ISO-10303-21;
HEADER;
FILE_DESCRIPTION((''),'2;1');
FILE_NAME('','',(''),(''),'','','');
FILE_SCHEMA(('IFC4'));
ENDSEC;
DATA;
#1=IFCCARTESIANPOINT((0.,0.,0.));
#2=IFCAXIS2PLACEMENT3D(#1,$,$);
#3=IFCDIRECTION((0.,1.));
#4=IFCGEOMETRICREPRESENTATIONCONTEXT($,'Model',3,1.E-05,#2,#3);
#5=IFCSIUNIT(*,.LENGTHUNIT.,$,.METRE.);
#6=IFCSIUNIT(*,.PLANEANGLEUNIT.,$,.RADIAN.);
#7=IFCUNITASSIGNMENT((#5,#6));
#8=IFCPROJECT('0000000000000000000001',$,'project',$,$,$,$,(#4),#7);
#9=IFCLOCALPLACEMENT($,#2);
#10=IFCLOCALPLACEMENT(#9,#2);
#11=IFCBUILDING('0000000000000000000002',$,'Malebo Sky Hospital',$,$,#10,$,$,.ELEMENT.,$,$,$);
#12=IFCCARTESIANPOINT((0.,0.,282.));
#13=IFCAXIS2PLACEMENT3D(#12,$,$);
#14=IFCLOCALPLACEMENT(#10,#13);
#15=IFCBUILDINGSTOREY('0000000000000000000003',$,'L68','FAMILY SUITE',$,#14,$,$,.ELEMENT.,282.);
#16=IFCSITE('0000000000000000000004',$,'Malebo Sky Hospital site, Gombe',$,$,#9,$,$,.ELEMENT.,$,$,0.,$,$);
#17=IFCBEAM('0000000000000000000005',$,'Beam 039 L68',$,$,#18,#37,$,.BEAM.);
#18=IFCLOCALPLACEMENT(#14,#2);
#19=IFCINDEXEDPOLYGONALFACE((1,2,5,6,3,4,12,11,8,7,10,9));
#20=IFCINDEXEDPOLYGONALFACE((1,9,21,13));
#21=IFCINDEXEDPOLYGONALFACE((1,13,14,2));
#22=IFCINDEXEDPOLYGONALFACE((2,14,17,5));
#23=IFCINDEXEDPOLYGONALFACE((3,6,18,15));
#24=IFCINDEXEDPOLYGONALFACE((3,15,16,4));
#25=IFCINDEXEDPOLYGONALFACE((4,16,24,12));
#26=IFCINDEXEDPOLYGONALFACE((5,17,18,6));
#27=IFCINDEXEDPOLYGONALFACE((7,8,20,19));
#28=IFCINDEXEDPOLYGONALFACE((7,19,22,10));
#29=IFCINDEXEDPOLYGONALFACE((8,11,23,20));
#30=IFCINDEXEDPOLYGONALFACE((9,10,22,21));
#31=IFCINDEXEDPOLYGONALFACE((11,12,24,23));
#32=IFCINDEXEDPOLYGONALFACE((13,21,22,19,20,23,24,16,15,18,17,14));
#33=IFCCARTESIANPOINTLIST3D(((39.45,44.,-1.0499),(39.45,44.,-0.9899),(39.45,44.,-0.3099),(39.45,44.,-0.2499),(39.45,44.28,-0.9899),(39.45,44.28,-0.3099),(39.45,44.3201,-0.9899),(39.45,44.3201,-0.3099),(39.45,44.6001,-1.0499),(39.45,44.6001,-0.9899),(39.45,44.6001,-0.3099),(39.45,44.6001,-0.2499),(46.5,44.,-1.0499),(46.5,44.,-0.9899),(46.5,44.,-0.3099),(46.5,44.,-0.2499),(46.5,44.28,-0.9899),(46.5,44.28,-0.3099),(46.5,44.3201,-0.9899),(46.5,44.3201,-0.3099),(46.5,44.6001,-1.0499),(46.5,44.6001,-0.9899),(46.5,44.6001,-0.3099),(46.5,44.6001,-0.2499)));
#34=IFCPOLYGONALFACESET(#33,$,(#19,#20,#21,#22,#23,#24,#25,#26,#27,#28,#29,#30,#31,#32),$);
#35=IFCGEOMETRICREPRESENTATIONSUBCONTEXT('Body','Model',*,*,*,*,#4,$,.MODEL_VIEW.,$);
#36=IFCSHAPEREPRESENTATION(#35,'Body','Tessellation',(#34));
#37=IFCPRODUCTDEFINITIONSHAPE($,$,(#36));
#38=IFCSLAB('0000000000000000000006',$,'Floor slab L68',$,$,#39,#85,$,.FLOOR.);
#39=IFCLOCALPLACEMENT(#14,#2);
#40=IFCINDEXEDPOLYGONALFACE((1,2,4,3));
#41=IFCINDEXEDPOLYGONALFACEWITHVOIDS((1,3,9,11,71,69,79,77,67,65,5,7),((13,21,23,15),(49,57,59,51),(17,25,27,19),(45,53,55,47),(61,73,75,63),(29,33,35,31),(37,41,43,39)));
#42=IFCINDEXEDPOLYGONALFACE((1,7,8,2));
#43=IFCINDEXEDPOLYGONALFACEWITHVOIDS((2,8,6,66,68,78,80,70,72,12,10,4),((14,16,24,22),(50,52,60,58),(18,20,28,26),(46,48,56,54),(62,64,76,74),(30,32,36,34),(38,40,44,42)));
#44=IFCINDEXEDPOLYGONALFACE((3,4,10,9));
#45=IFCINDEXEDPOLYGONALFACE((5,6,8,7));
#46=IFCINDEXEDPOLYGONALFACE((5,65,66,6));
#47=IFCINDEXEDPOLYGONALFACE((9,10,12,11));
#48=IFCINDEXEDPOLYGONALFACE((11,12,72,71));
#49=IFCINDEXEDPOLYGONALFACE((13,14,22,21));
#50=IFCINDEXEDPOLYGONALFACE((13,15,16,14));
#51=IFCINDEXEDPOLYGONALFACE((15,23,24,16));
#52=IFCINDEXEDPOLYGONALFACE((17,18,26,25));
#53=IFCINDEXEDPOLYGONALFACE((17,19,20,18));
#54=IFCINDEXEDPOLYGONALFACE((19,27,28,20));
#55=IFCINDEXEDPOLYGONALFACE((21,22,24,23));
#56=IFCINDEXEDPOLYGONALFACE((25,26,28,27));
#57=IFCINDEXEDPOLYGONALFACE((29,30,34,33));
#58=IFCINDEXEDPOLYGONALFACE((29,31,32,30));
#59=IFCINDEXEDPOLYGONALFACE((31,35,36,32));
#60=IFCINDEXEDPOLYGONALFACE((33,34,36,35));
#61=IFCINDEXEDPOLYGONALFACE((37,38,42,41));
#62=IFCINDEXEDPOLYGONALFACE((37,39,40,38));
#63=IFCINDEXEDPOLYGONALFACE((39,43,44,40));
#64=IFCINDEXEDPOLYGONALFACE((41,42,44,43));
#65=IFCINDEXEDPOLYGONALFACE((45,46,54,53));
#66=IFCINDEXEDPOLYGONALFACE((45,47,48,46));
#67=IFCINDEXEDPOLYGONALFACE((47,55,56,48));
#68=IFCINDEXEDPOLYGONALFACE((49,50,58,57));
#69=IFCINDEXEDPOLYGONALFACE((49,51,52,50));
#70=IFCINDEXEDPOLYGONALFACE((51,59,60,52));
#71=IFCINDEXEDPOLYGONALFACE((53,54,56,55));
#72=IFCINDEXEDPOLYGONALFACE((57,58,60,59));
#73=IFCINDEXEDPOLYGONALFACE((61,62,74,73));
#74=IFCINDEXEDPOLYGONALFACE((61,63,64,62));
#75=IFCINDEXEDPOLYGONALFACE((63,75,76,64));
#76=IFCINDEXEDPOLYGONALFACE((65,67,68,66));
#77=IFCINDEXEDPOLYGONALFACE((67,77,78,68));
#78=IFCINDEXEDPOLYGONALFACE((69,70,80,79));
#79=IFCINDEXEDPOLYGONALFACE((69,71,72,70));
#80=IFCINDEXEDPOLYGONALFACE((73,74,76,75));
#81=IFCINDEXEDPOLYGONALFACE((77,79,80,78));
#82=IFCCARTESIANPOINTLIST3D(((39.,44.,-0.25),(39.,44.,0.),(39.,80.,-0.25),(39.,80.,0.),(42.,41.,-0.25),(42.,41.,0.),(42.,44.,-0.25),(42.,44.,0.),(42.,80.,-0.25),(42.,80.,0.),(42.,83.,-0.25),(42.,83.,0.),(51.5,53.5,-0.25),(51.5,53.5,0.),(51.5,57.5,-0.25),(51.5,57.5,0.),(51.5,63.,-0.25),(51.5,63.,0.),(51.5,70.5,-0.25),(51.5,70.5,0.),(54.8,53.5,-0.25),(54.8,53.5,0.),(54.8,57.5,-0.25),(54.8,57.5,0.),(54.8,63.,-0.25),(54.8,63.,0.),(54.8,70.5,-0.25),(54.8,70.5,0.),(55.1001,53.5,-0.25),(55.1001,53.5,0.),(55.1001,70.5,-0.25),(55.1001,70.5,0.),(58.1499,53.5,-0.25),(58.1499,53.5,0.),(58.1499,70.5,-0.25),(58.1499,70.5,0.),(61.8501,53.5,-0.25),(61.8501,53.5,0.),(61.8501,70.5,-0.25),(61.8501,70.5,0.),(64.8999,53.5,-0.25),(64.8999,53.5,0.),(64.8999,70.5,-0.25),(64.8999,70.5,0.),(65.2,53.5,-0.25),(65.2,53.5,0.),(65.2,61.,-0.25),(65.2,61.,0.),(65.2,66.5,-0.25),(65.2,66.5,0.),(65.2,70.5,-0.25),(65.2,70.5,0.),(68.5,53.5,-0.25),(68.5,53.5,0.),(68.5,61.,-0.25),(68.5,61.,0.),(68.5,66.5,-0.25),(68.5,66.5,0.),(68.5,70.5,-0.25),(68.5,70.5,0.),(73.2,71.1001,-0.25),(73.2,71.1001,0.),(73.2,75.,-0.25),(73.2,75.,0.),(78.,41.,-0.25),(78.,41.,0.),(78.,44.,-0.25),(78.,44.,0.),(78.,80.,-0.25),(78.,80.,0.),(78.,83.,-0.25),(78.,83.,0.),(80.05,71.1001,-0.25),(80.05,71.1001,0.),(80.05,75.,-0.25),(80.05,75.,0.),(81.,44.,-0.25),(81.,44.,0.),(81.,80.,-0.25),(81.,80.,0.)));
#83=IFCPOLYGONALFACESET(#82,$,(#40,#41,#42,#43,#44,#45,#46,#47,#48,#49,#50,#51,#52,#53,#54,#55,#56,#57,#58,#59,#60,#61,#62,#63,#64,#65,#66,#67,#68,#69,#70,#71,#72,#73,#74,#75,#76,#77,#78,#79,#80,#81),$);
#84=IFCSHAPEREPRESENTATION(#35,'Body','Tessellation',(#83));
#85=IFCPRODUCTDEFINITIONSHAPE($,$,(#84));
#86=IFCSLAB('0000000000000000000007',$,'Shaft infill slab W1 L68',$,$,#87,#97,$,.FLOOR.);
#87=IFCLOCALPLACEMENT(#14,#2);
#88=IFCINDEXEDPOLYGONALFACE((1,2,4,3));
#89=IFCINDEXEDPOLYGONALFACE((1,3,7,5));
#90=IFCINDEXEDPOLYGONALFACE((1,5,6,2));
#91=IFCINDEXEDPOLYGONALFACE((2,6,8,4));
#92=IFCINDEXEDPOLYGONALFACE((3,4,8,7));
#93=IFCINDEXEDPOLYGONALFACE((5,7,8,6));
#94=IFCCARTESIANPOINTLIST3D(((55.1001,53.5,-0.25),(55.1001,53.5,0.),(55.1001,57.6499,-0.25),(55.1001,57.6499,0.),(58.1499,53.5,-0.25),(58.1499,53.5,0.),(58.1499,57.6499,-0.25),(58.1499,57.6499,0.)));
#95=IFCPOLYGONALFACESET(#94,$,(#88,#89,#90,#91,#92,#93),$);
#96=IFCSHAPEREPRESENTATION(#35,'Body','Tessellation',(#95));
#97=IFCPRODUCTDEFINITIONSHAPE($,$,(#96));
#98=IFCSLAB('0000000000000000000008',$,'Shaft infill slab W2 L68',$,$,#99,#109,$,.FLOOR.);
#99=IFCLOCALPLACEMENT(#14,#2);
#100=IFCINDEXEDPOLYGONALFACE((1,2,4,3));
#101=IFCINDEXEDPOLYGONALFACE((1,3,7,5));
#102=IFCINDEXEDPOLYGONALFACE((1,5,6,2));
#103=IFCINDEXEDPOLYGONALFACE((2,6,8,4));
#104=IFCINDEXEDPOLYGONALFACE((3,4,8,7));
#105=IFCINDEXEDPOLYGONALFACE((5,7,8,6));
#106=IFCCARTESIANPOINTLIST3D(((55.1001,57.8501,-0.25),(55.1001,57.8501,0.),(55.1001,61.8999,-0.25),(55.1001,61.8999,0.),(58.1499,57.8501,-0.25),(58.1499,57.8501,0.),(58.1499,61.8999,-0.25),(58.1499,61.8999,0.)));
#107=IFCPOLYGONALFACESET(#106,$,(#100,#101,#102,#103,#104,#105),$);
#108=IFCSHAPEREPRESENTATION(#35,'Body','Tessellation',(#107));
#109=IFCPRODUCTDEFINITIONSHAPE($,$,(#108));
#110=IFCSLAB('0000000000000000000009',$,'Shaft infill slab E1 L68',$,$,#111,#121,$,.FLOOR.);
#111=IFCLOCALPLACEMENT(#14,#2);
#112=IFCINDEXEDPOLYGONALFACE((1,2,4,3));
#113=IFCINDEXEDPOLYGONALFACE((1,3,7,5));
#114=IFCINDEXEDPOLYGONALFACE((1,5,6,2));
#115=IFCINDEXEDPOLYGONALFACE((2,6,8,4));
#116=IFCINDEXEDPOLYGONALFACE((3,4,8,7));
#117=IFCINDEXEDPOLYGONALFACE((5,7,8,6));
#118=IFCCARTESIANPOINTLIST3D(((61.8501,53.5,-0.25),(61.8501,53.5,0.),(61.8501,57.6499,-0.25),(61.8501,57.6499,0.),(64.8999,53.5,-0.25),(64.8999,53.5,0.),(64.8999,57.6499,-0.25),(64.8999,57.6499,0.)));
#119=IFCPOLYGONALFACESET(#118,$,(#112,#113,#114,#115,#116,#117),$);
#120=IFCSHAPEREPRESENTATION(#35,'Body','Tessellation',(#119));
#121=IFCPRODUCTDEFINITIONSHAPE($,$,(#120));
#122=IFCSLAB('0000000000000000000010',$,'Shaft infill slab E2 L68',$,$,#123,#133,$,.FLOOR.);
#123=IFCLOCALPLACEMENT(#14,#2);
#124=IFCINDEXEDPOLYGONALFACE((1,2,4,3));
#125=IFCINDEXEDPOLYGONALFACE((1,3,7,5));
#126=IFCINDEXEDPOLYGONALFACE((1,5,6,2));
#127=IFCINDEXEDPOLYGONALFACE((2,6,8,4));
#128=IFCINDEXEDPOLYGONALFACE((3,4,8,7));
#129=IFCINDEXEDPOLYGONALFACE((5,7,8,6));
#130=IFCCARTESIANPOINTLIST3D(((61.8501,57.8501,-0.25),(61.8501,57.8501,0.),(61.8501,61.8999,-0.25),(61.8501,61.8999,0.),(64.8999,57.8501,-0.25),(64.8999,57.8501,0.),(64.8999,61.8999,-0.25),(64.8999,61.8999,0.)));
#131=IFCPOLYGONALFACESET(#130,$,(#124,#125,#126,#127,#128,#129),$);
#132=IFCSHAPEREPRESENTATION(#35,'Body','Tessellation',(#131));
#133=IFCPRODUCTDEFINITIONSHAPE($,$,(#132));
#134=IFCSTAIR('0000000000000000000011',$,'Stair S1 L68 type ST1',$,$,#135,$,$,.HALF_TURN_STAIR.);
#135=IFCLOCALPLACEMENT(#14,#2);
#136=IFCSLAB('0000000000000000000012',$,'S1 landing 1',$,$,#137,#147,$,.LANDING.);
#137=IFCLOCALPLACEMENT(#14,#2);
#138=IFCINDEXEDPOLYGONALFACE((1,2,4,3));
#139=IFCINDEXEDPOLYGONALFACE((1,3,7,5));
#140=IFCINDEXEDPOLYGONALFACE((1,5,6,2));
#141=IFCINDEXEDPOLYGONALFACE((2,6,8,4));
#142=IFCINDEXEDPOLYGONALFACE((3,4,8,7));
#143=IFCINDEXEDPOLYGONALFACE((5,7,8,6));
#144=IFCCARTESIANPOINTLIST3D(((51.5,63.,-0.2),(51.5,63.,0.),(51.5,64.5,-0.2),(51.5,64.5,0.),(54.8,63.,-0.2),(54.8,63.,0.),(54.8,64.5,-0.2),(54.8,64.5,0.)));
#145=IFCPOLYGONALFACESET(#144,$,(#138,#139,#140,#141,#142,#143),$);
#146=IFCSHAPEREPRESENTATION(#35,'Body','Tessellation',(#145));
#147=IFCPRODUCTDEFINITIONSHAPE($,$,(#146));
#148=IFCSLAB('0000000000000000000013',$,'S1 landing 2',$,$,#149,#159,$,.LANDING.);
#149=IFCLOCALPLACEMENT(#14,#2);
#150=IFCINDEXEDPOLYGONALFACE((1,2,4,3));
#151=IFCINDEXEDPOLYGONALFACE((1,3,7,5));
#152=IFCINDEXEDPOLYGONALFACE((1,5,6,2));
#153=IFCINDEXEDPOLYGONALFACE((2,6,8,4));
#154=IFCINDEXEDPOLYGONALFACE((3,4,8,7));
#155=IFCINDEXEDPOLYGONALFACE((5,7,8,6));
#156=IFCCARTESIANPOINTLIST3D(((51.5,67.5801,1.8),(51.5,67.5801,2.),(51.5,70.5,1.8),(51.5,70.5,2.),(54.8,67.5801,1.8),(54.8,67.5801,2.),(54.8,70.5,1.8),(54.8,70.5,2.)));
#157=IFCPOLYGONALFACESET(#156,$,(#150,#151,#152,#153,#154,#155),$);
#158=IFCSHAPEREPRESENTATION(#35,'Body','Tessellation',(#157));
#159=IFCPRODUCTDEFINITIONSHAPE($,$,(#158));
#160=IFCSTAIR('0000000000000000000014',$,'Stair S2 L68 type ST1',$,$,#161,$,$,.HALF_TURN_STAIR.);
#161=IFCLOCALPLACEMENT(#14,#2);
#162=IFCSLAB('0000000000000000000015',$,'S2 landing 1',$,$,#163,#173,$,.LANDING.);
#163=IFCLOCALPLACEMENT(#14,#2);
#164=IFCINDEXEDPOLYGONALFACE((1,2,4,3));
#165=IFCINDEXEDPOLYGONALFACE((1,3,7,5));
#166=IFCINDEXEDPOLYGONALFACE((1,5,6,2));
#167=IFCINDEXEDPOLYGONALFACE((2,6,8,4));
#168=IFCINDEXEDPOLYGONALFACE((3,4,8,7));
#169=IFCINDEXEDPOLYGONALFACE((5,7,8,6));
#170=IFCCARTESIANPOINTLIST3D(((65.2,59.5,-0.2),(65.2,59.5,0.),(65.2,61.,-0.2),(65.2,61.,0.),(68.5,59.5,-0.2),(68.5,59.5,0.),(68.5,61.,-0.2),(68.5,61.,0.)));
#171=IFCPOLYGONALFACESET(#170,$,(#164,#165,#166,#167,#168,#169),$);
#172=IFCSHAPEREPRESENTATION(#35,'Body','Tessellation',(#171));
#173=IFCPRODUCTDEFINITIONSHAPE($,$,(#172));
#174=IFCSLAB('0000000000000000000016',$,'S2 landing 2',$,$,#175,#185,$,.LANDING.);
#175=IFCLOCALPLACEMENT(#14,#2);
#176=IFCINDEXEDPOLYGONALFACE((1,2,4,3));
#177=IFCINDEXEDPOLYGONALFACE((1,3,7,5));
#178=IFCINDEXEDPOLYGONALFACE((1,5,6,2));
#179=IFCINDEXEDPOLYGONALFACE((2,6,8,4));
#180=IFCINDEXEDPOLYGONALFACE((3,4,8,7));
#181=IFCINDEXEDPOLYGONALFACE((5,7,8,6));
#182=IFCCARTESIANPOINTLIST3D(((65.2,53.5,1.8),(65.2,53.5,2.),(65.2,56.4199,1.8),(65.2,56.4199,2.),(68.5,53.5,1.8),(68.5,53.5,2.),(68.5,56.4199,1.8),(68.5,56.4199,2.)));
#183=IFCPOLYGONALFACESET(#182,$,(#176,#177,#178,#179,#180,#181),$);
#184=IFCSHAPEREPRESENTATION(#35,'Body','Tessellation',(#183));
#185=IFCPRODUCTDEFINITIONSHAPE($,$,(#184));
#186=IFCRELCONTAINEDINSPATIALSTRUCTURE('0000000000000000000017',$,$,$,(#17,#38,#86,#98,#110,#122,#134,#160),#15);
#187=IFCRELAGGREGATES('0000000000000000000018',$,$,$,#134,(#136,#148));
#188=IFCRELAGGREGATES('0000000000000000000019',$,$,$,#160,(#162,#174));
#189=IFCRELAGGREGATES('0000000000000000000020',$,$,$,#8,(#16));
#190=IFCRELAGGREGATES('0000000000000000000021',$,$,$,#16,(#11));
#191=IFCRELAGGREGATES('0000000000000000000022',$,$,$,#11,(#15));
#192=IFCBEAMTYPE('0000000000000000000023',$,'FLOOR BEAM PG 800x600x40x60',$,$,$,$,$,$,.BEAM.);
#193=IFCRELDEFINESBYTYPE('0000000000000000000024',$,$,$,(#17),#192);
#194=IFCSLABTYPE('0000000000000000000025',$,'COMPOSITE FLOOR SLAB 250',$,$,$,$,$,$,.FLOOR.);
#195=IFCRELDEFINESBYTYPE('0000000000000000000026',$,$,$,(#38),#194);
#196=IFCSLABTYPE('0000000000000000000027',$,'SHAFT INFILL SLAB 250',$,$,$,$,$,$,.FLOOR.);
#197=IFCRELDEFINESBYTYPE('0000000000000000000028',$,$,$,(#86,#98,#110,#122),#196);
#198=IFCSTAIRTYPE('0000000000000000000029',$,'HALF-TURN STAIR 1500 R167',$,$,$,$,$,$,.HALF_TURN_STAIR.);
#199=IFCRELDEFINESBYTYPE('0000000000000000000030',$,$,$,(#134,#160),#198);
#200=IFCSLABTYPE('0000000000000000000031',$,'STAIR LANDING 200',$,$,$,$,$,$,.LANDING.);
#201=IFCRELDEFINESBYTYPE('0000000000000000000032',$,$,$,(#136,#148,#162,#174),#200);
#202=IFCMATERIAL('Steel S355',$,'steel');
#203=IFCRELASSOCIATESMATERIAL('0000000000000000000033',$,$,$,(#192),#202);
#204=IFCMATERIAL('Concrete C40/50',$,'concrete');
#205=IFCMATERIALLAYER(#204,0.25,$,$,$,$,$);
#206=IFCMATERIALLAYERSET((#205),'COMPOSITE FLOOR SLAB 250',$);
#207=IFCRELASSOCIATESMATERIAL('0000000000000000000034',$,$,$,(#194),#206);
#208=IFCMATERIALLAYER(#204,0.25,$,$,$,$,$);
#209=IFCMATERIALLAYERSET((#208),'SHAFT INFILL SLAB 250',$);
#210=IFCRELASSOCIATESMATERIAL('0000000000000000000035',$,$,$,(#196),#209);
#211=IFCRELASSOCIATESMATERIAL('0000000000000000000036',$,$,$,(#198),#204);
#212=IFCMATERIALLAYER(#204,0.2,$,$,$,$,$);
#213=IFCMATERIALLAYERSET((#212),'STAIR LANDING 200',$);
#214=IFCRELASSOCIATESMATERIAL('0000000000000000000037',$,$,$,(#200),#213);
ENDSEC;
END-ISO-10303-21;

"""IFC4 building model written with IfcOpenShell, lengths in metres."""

from ifc_helpers import new_model, si_unit, direction, frame, origin, origin_2d, place, context, subcontext, project, spatial, polyline, i_section, outline, extrude, material, layer, layer_set, material_profile, profile_set, type_object, element, aggregate, save


model = new_model("IFC4")

# Units and contexts
model_context = context("Model", 3, precision=1e-05, world=origin(), true_north=direction((0.0, 1.0)))
body_context = subcontext(model_context, "Body", "Model", "MODEL_VIEW")
ifc_project = project(units=[si_unit("LENGTHUNIT", "METRE"), si_unit("PLANEANGLEUNIT", "RADIAN")], contexts=[model_context])

# Site, building, storey
site_placement = place(None, origin())
site = spatial("IfcSite", under=ifc_project, at=site_placement, Name="Malebo Sky Hospital site, Gombe", CompositionType="ELEMENT", RefElevation=0.0)
building_placement = place(site_placement, origin())
building = spatial("IfcBuilding", under=site, at=building_placement, Name="Malebo Sky Hospital", CompositionType="ELEMENT")
storey_placement = place(building_placement, frame((0.0, 0.0, 282.0)))
storey = spatial("IfcBuildingStorey", under=building, at=storey_placement, Name="L68", Description="FAMILY SUITE", CompositionType="ELEMENT", Elevation=282.0)

# Beam
ifc_material_1 = material(Name="Steel S355", Category="steel")
ifc_material_profile_1 = material_profile(ifc_material_1, i_section(OverallWidth=0.6001, OverallDepth=0.8, WebThickness=0.04, FlangeThickness=0.0601, at=origin_2d()), Name="PG 800x600x40x60")
ifc_profile_set_1 = profile_set([ifc_material_profile_1], Name="Steel S355")
beam_type_1 = type_object("IfcBeamType", Name="FLOOR BEAM PG 800x600x40x60", PredefinedType="BEAM", material=ifc_profile_set_1)
for number, where, z_axis, x_axis, name in (
    (1, (39.45, 44.3, -0.6499), (1.0, 0.0, 0.0), (0.0, 1.0, 0.0), "Beam 039 L68"),
):
    element("IfcBeam", number, at=place(storey_placement, frame(where, z_axis=z_axis, x_axis=x_axis)), inside=storey, type_object=beam_type_1, Name=name, PredefinedType="BEAM", context=body_context, shape_type="SweptSolid", body=[
        extrude(i_section(OverallWidth=0.6001, OverallDepth=0.8, WebThickness=0.04, FlangeThickness=0.0601, at=origin_2d()), origin(), (0.0, 0.0, 1.0), 7.05),
    ])

# Slabs
ifc_material_2 = material(Name="Concrete C40/50", Category="concrete")
ifc_layer_1 = layer(ifc_material_2, 0.25)
ifc_layer_set_1 = layer_set([ifc_layer_1], Name="COMPOSITE FLOOR SLAB 250")
slab_type_1 = type_object("IfcSlabType", Name="COMPOSITE FLOOR SLAB 250", PredefinedType="FLOOR", material=ifc_layer_set_1)
slab_1_placement = place(storey_placement, frame((0.0, 0.0, -0.25)))
element("IfcSlab", 2, at=slab_1_placement, inside=storey, type_object=slab_type_1, Name="Floor slab L68", PredefinedType="FLOOR", context=body_context, shape_type="SweptSolid", body=[
    extrude(outline(polyline([(42.0, 83.0), (42.0, 80.0), (39.0, 80.0), (39.0, 44.0), (42.0, 44.0), (42.0, 41.0), (78.0, 41.0), (78.0, 44.0), (81.0, 44.0), (81.0, 80.0), (78.0, 80.0), (78.0, 83.0), (42.0, 83.0)]), holes=[polyline([(55.1001, 70.5), (58.1499, 70.5), (58.1499, 53.5), (55.1001, 53.5), (55.1001, 70.5)]), polyline([(64.8999, 70.5), (64.8999, 53.5), (61.8501, 53.5), (61.8501, 70.5), (64.8999, 70.5)]), polyline([(54.8, 63.0), (51.5, 63.0), (51.5, 70.5), (54.8, 70.5), (54.8, 63.0)]), polyline([(51.5, 53.5), (51.5, 57.5), (54.8, 57.5), (54.8, 53.5), (51.5, 53.5)]), polyline([(65.2, 61.0), (68.5, 61.0), (68.5, 53.5), (65.2, 53.5), (65.2, 61.0)]), polyline([(68.5, 70.5), (68.5, 66.5), (65.2, 66.5), (65.2, 70.5), (68.5, 70.5)]), polyline([(80.05, 71.1001), (73.2, 71.1001), (73.2, 75.0), (80.05, 75.0), (80.05, 71.1001)])]), origin(), (0.0, 0.0, 1.0), 0.25),
])
ifc_layer_2 = layer(ifc_material_2, 0.25)
ifc_layer_set_2 = layer_set([ifc_layer_2], Name="SHAFT INFILL SLAB 250")
slab_type_2 = type_object("IfcSlabType", Name="SHAFT INFILL SLAB 250", PredefinedType="FLOOR", material=ifc_layer_set_2)
slab_2_placement = place(storey_placement, frame((0.0, 0.0, -0.25)))
element("IfcSlab", 3, at=slab_2_placement, inside=storey, type_object=slab_type_2, Name="Shaft infill slab W1 L68", PredefinedType="FLOOR", context=body_context, shape_type="SweptSolid", body=[
    extrude(outline(polyline([(55.1001, 53.5), (58.1499, 53.5), (58.1499, 57.6499), (55.1001, 57.6499), (55.1001, 53.5)])), origin(), (0.0, 0.0, 1.0), 0.25),
])
slab_3_placement = place(storey_placement, frame((0.0, 0.0, -0.25)))
element("IfcSlab", 4, at=slab_3_placement, inside=storey, type_object=slab_type_2, Name="Shaft infill slab W2 L68", PredefinedType="FLOOR", context=body_context, shape_type="SweptSolid", body=[
    extrude(outline(polyline([(55.1001, 57.8501), (58.1499, 57.8501), (58.1499, 61.8999), (55.1001, 61.8999), (55.1001, 57.8501)])), origin(), (0.0, 0.0, 1.0), 0.25),
])
slab_4_placement = place(storey_placement, frame((0.0, 0.0, -0.25)))
element("IfcSlab", 5, at=slab_4_placement, inside=storey, type_object=slab_type_2, Name="Shaft infill slab E1 L68", PredefinedType="FLOOR", context=body_context, shape_type="SweptSolid", body=[
    extrude(outline(polyline([(61.8501, 53.5), (64.8999, 53.5), (64.8999, 57.6499), (61.8501, 57.6499), (61.8501, 53.5)])), origin(), (0.0, 0.0, 1.0), 0.25),
])
slab_5_placement = place(storey_placement, frame((0.0, 0.0, -0.25)))
element("IfcSlab", 6, at=slab_5_placement, inside=storey, type_object=slab_type_2, Name="Shaft infill slab E2 L68", PredefinedType="FLOOR", context=body_context, shape_type="SweptSolid", body=[
    extrude(outline(polyline([(61.8501, 57.8501), (64.8999, 57.8501), (64.8999, 61.8999), (61.8501, 61.8999), (61.8501, 57.8501)])), origin(), (0.0, 0.0, 1.0), 0.25),
])

# Stairs, slabs
stair_type_1 = type_object("IfcStairType", Name="HALF-TURN STAIR 1500 R167", PredefinedType="HALF_TURN_STAIR", material=ifc_material_2)
stair_1_placement = place(storey_placement, origin())
stair_1 = element("IfcStair", 7, at=stair_1_placement, inside=storey, type_object=stair_type_1, Name="Stair S1 L68 type ST1", PredefinedType="HALF_TURN_STAIR")
ifc_layer_3 = layer(ifc_material_2, 0.2)
ifc_layer_set_3 = layer_set([ifc_layer_3], Name="STAIR LANDING 200")
slab_type_3 = type_object("IfcSlabType", Name="STAIR LANDING 200", PredefinedType="LANDING", material=ifc_layer_set_3)
slab_6_placement = place(storey_placement, frame((0.0, 0.0, -0.2)))
slab_6 = element("IfcSlab", 8, at=slab_6_placement, type_object=slab_type_3, Name="S1 landing 1", PredefinedType="LANDING", context=body_context, shape_type="SweptSolid", body=[
    extrude(outline(polyline([(51.5, 63.0), (54.8, 63.0), (54.8, 64.5), (51.5, 64.5), (51.5, 63.0)])), origin(), (0.0, 0.0, 1.0), 0.2),
])
slab_7_placement = place(storey_placement, frame((0.0, 0.0, 1.8)))
slab_7 = element("IfcSlab", 9, at=slab_7_placement, type_object=slab_type_3, Name="S1 landing 2", PredefinedType="LANDING", context=body_context, shape_type="SweptSolid", body=[
    extrude(outline(polyline([(51.5, 67.5801), (54.8, 67.5801), (54.8, 70.5), (51.5, 70.5), (51.5, 67.5801)])), origin(), (0.0, 0.0, 1.0), 0.2),
])
aggregate(stair_1, [slab_6, slab_7])
stair_2_placement = place(storey_placement, origin())
stair_2 = element("IfcStair", 10, at=stair_2_placement, inside=storey, type_object=stair_type_1, Name="Stair S2 L68 type ST1", PredefinedType="HALF_TURN_STAIR")
slab_8_placement = place(storey_placement, frame((0.0, 0.0, -0.2)))
slab_8 = element("IfcSlab", 11, at=slab_8_placement, type_object=slab_type_3, Name="S2 landing 1", PredefinedType="LANDING", context=body_context, shape_type="SweptSolid", body=[
    extrude(outline(polyline([(65.2, 59.5), (68.5, 59.5), (68.5, 61.0), (65.2, 61.0), (65.2, 59.5)])), origin(), (0.0, 0.0, 1.0), 0.2),
])
slab_9_placement = place(storey_placement, frame((0.0, 0.0, 1.8)))
slab_9 = element("IfcSlab", 12, at=slab_9_placement, type_object=slab_type_3, Name="S2 landing 2", PredefinedType="LANDING", context=body_context, shape_type="SweptSolid", body=[
    extrude(outline(polyline([(65.2, 53.5), (68.5, 53.5), (68.5, 56.4199), (65.2, 56.4199), (65.2, 53.5)])), origin(), (0.0, 0.0, 1.0), 0.2),
])
aggregate(stair_2, [slab_8, slab_9])

save(model, "model.ifc")
